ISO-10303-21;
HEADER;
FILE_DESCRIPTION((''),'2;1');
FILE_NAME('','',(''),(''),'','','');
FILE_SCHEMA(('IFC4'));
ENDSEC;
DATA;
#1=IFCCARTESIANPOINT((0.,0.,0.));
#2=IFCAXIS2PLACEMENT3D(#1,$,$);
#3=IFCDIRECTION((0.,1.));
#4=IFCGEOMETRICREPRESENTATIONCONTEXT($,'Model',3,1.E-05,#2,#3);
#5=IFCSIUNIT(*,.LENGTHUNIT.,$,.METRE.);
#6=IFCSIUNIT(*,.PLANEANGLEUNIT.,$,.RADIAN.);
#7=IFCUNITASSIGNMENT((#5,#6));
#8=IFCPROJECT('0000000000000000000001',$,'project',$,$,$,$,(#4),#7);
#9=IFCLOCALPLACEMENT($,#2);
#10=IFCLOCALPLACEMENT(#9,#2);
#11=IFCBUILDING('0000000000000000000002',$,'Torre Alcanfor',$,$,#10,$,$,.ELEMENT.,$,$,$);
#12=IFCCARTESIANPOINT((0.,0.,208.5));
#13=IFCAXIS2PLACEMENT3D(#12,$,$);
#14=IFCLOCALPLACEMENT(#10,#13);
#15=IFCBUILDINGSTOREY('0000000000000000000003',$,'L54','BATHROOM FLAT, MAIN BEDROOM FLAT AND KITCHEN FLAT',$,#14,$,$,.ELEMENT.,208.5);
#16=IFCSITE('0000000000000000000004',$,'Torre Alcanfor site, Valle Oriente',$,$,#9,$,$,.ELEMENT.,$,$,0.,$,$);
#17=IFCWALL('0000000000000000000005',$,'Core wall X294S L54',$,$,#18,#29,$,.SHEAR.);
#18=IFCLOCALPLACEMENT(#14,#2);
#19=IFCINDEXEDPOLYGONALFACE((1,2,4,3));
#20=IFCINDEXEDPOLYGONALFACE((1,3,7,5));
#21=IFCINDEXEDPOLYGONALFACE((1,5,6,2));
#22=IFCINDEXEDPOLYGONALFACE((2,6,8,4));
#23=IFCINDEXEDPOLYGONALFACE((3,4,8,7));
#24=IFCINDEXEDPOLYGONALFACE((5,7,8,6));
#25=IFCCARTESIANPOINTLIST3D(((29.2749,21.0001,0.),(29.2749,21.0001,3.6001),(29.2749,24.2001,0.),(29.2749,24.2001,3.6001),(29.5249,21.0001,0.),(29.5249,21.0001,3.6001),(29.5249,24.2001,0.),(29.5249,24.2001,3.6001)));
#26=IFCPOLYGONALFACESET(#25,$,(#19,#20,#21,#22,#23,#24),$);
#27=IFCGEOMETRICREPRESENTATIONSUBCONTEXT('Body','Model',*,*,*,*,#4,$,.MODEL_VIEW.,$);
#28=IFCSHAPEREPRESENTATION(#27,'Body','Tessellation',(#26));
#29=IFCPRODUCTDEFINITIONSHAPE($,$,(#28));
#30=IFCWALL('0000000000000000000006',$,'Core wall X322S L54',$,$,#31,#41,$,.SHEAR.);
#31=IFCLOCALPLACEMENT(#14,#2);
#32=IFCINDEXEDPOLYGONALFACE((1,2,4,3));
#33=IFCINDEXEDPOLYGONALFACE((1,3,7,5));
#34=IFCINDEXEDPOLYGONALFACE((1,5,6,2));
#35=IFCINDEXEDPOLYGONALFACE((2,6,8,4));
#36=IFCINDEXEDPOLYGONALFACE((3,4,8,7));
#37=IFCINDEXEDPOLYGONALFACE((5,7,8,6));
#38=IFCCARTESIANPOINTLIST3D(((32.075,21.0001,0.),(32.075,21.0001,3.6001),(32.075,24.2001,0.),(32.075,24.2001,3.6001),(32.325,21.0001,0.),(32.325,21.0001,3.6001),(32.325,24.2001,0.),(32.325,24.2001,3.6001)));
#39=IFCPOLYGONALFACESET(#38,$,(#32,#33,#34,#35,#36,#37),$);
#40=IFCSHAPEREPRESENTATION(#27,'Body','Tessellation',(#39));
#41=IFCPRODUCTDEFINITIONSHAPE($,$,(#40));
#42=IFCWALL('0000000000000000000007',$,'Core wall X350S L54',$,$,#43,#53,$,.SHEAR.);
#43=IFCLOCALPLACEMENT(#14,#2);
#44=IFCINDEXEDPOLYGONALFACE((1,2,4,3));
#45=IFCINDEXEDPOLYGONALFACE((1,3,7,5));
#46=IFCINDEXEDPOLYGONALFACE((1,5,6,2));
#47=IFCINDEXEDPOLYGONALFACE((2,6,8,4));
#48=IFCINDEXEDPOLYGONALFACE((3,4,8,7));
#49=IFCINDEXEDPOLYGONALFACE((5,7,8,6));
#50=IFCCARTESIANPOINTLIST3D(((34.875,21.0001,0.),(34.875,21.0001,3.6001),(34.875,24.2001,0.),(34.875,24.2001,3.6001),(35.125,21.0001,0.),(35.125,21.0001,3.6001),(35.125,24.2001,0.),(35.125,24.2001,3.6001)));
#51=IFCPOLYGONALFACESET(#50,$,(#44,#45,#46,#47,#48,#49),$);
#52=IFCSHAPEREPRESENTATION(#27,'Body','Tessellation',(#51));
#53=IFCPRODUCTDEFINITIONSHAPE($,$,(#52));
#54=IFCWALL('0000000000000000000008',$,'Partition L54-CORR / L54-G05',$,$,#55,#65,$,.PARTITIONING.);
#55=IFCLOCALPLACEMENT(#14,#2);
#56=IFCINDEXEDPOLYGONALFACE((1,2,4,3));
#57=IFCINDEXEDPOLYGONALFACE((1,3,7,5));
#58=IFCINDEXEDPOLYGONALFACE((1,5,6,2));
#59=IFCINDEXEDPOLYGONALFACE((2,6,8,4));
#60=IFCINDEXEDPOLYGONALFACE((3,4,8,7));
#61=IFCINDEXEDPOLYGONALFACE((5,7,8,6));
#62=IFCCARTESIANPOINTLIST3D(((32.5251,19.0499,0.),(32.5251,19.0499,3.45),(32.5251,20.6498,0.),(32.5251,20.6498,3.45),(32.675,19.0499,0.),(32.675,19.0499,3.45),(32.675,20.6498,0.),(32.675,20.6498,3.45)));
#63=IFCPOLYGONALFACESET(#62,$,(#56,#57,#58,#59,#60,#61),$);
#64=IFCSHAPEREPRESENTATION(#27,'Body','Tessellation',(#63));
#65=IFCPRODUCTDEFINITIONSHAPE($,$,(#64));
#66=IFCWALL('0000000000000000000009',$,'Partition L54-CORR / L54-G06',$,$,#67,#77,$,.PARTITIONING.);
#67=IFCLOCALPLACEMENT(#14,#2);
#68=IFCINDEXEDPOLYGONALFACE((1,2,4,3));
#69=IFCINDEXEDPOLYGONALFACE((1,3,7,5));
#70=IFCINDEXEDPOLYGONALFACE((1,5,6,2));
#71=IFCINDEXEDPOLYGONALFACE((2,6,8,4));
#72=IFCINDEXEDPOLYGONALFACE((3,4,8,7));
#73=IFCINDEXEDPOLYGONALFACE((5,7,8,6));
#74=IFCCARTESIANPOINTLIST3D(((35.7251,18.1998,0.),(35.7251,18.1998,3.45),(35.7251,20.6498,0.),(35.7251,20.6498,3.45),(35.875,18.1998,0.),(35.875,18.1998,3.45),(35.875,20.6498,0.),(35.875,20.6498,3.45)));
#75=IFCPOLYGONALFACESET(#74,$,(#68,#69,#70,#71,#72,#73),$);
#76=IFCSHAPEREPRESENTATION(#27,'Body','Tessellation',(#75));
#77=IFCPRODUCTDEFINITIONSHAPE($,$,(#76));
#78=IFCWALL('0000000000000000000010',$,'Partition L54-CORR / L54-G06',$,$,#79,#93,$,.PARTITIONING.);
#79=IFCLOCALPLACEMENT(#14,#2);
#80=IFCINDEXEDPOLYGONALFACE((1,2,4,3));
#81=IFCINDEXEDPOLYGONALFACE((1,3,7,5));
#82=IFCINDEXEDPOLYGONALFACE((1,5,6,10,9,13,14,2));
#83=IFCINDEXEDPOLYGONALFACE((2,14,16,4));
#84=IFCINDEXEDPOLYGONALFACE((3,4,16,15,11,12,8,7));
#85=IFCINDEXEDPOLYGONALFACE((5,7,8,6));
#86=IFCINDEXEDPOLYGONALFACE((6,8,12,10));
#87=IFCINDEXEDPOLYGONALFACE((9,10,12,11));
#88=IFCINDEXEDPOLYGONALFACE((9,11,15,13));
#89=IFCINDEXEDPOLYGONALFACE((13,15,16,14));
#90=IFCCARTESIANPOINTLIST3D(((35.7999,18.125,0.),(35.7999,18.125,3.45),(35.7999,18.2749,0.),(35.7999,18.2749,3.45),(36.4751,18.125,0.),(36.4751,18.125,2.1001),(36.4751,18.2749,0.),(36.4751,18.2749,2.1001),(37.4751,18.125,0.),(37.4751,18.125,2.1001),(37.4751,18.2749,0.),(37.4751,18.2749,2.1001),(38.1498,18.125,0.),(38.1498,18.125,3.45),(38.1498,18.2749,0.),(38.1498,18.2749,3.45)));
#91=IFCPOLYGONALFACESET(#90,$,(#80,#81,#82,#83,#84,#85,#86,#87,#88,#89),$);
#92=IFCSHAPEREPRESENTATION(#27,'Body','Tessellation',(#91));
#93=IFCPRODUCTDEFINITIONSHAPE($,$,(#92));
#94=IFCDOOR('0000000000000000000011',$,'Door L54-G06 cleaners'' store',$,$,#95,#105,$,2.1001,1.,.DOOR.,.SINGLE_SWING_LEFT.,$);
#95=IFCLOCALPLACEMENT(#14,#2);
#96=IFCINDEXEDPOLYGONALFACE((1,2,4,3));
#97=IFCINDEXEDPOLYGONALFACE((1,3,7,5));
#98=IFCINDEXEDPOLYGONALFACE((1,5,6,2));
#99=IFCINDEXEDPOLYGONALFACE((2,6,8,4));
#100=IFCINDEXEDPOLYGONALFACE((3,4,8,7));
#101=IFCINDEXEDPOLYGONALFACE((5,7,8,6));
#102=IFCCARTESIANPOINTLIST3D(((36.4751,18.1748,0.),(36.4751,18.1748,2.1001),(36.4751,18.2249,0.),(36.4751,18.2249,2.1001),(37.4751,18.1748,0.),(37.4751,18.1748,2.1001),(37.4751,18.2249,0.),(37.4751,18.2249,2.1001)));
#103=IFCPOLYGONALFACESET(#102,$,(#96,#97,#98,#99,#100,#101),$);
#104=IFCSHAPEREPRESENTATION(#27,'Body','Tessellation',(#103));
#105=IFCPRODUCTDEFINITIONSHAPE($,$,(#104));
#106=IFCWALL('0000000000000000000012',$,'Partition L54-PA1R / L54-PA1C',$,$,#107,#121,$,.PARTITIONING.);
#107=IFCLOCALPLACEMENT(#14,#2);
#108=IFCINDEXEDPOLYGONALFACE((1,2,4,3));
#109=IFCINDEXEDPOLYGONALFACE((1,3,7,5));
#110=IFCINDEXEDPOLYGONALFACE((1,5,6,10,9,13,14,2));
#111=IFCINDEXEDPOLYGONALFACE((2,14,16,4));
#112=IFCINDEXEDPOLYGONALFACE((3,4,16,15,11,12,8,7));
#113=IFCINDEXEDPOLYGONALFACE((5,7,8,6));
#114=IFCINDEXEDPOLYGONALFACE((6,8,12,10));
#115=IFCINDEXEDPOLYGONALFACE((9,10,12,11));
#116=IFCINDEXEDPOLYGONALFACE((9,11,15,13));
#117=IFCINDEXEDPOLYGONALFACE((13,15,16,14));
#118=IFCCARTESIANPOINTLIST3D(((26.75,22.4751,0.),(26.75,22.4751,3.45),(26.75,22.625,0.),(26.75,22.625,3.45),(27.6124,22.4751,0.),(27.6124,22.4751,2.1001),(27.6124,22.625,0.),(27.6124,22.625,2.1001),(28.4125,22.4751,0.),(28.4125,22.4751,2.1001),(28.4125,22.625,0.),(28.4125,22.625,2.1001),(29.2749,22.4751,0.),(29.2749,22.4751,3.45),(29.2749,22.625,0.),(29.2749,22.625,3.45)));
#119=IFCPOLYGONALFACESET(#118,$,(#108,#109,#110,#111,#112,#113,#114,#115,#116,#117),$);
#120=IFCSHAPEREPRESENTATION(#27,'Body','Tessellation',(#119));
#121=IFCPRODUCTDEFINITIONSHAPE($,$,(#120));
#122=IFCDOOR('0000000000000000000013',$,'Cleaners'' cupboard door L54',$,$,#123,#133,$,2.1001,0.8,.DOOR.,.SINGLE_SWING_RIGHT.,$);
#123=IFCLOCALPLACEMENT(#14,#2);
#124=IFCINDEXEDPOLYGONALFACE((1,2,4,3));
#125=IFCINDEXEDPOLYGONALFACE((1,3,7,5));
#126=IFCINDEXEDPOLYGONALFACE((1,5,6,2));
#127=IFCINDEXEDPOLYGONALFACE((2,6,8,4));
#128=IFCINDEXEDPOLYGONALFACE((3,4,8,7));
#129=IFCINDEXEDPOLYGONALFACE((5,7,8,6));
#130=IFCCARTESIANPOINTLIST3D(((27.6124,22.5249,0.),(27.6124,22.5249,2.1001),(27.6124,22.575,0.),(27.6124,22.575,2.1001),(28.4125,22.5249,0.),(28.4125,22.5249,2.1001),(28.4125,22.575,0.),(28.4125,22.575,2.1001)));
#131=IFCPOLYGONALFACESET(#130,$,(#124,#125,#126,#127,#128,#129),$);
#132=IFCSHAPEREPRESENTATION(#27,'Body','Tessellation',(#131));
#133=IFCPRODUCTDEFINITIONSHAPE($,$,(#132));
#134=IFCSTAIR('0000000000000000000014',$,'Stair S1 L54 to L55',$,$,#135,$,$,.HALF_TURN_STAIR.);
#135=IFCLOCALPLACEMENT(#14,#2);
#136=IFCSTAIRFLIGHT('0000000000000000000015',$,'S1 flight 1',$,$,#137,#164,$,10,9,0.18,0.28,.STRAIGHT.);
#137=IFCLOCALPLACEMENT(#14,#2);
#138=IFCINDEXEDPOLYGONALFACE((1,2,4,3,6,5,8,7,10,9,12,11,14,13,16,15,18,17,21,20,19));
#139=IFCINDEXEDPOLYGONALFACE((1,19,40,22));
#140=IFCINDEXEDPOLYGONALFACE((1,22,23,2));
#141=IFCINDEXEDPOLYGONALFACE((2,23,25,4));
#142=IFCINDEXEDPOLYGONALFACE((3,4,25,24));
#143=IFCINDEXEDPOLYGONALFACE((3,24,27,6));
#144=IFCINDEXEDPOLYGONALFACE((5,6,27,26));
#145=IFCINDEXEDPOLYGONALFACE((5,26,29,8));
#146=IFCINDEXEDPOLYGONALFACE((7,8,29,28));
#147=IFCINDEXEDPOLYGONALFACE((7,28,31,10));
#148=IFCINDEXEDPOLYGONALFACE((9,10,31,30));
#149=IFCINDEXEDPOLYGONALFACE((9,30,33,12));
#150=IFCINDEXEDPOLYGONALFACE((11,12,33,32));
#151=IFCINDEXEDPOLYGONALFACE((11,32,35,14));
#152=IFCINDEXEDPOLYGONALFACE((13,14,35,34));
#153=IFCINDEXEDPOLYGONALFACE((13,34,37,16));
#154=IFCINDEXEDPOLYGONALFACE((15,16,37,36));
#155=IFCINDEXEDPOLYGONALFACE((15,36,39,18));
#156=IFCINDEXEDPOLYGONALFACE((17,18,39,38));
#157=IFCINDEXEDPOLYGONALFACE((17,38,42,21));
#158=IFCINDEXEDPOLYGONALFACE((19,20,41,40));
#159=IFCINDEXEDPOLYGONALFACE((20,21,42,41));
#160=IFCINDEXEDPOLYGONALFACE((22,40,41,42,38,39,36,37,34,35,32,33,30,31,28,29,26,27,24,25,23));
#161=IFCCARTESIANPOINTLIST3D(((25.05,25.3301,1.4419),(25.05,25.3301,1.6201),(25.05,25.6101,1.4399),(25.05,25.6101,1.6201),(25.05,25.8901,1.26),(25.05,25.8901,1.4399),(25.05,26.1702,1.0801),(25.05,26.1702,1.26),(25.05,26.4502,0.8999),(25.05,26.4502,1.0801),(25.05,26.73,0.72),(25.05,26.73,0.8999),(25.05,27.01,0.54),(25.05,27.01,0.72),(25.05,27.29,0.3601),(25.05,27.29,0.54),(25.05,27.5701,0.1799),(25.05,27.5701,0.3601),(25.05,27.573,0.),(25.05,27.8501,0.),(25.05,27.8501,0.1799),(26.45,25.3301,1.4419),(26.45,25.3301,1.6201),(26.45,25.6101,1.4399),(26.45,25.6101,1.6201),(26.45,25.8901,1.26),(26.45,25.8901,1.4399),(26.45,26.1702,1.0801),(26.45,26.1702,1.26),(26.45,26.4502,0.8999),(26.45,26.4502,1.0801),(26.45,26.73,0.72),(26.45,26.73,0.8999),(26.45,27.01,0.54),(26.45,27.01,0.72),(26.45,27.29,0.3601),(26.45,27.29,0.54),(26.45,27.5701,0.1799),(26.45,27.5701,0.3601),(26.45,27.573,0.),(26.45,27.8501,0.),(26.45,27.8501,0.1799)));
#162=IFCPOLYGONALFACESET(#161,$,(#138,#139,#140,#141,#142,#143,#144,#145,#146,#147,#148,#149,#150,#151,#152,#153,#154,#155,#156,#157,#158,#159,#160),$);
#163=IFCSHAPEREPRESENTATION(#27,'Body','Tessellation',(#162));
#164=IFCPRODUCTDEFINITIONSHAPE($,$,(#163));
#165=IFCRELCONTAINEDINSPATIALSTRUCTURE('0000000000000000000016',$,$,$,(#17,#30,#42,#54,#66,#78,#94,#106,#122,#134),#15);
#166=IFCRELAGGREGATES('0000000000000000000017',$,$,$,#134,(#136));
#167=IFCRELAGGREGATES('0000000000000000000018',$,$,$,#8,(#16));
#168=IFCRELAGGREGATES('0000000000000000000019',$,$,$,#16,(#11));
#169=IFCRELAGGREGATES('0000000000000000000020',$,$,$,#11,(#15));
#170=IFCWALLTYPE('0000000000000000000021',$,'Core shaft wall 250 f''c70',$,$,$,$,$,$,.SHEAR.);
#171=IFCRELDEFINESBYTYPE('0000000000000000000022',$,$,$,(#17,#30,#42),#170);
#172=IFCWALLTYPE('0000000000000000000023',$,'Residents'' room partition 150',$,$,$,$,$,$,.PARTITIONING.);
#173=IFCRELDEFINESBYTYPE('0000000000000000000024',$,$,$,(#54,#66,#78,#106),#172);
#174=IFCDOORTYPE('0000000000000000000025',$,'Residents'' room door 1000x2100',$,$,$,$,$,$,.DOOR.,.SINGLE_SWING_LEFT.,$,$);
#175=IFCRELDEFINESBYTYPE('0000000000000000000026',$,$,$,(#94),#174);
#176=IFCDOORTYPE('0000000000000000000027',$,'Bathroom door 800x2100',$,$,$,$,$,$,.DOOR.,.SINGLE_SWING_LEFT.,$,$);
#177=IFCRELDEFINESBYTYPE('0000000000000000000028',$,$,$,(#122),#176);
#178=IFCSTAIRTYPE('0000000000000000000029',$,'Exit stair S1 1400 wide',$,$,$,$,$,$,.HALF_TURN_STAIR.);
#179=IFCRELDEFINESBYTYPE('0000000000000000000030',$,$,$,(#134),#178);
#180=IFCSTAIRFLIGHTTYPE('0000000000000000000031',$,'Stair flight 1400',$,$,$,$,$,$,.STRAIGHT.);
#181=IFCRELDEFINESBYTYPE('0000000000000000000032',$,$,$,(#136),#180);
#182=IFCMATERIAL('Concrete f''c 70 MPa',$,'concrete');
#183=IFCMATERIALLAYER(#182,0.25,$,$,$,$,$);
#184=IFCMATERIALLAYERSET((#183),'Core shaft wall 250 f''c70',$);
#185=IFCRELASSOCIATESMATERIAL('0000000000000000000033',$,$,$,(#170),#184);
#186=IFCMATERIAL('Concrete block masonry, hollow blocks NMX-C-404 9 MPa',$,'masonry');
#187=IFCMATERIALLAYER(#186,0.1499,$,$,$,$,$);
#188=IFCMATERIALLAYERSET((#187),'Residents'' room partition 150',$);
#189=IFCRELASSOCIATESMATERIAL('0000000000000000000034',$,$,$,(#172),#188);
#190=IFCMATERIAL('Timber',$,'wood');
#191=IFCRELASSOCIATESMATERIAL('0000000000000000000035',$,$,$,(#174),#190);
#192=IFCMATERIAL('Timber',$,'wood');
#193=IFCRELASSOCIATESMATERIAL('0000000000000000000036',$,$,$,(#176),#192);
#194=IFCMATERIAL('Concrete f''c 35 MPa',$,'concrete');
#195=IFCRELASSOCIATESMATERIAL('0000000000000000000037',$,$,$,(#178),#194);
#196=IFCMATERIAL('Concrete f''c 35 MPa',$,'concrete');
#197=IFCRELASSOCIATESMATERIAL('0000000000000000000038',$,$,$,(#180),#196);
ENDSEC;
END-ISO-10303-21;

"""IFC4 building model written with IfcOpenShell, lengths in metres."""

from ifc_helpers import new_model, si_unit, direction, frame, frame_2d, origin, place, context, subcontext, project, spatial, polyline, rectangle, outline, extrude, material, layer, layer_set, type_object, element, fill, aggregate, save


model = new_model("IFC4")

# Units and contexts
model_context = context("Model", 3, precision=1e-05, world=origin(), true_north=direction((0.0, 1.0)))
body_context = subcontext(model_context, "Body", "Model", "MODEL_VIEW")
ifc_project = project(units=[si_unit("LENGTHUNIT", "METRE"), si_unit("PLANEANGLEUNIT", "RADIAN")], contexts=[model_context])

# Site, building, storey
site_placement = place(None, origin())
site = spatial("IfcSite", under=ifc_project, at=site_placement, Name="Torre Alcanfor site, Valle Oriente", CompositionType="ELEMENT", RefElevation=0.0)
building_placement = place(site_placement, origin())
building = spatial("IfcBuilding", under=site, at=building_placement, Name="Torre Alcanfor", CompositionType="ELEMENT")
storey_placement = place(building_placement, frame((0.0, 0.0, 208.5)))
storey = spatial("IfcBuildingStorey", under=building, at=storey_placement, Name="L54", Description="BATHROOM FLAT, MAIN BEDROOM FLAT AND KITCHEN FLAT", CompositionType="ELEMENT", Elevation=208.5)

# Walls
ifc_material_1 = material(Name="Concrete f'c 70 MPa", Category="concrete")
ifc_layer_1 = layer(ifc_material_1, 0.25)
ifc_layer_set_1 = layer_set([ifc_layer_1], Name="Core shaft wall 250 f'c70")
wall_type_1 = type_object("IfcWallType", Name="Core shaft wall 250 f'c70", PredefinedType="SHEAR", material=ifc_layer_set_1)
for number, where, z_axis, x_axis, name in (
    (1, (29.3999, 21.0, 0.0), (0.0, 0.0, 1.0), (0.0, 1.0, 0.0), "Core wall X294S L54"),
    (2, (32.2, 21.0, 0.0), (0.0, 0.0, 1.0), (0.0, 1.0, 0.0), "Core wall X322S L54"),
    (3, (35.0, 21.0, 0.0), (0.0, 0.0, 1.0), (0.0, 1.0, 0.0), "Core wall X350S L54"),
):
    element("IfcWall", number, at=place(storey_placement, frame(where, z_axis=z_axis, x_axis=x_axis)), inside=storey, type_object=wall_type_1, Name=name, PredefinedType="SHEAR", context=body_context, shape_type="SweptSolid", body=[
        extrude(rectangle(XDim=3.2, YDim=0.25, at=frame_2d((1.6001, 0.0))), origin(), (0.0, 0.0, 1.0), 3.6001),
    ])
ifc_material_2 = material(Name="Concrete block masonry, hollow blocks NMX-C-404 9 MPa", Category="masonry")
ifc_layer_2 = layer(ifc_material_2, 0.1499)
ifc_layer_set_2 = layer_set([ifc_layer_2], Name="Residents' room partition 150")
wall_type_2 = type_object("IfcWallType", Name="Residents' room partition 150", PredefinedType="PARTITIONING", material=ifc_layer_set_2)
wall_1_placement = place(storey_placement, frame((32.6001, 19.05, 0.0), z_axis=(0.0, 0.0, 1.0), x_axis=(0.0, 1.0, 0.0)))
element("IfcWall", 4, at=wall_1_placement, inside=storey, type_object=wall_type_2, Name="Partition L54-CORR / L54-G05", PredefinedType="PARTITIONING", context=body_context, shape_type="SweptSolid", body=[
    extrude(rectangle(XDim=1.5999, YDim=0.1499, at=frame_2d((0.7998, 0.0))), origin(), (0.0, 0.0, 1.0), 3.45),
])
wall_2_placement = place(storey_placement, frame((35.8, 20.6499, 0.0), z_axis=(0.0, 0.0, 1.0), x_axis=(0.0, -1.0, 0.0)))
element("IfcWall", 5, at=wall_2_placement, inside=storey, type_object=wall_type_2, Name="Partition L54-CORR / L54-G06", PredefinedType="PARTITIONING", context=body_context, shape_type="SweptSolid", body=[
    extrude(rectangle(XDim=2.45, YDim=0.1499, at=frame_2d((1.2251, 0.0))), origin(), (0.0, 0.0, 1.0), 3.45),
])

# Walls, openings, doors
wall_3_placement = place(storey_placement, frame((35.8, 18.2, 0.0), z_axis=(0.0, 0.0, 1.0), x_axis=(1.0, 0.0, 0.0)))
wall_3 = element("IfcWall", 6, at=wall_3_placement, inside=storey, type_object=wall_type_2, Name="Partition L54-CORR / L54-G06", PredefinedType="PARTITIONING", context=body_context, shape_type="SweptSolid", body=[
    extrude(rectangle(XDim=2.3499, YDim=0.1499, at=frame_2d((1.1748, 0.0))), origin(), (0.0, 0.0, 1.0), 3.45),
])
opening_1_placement = place(wall_3_placement, frame((0.675, 0.0, 0.0)))
opening_1 = element("IfcOpeningElement", 7, at=opening_1_placement, cuts=wall_3, PredefinedType="OPENING", context=body_context, shape_type="SweptSolid", body=[
    extrude(rectangle(XDim=1.0, YDim=2.1001, at=frame_2d((0.5, 1.05))), frame((0.0, 0.085, 0.0), z_axis=(0.0, -1.0, 0.0), x_axis=(1.0, 0.0, 0.0)), (0.0, 0.0, 1.0), 0.1699),
])
ifc_material_3 = material(Name="Timber", Category="wood")
door_type_1 = type_object("IfcDoorType", Name="Residents' room door 1000x2100", OperationType="SINGLE_SWING_LEFT", PredefinedType="DOOR", material=ifc_material_3)
door_1_placement = place(opening_1_placement, origin())
door_1 = element("IfcDoor", 8, at=door_1_placement, inside=storey, type_object=door_type_1, Name="Door L54-G06 cleaners' store", OperationType="SINGLE_SWING_LEFT", OverallHeight=2.1001, OverallWidth=1.0, PredefinedType="DOOR", context=body_context, shape_type="SweptSolid", body=[
    extrude(rectangle(XDim=1.0, YDim=2.1001, at=frame_2d((0.5, 1.05))), frame((0.0, 0.0249, 0.0), z_axis=(0.0, -1.0, 0.0), x_axis=(1.0, 0.0, 0.0)), (0.0, 0.0, 1.0), 0.05),
])
fill(opening_1, door_1)
wall_4_placement = place(storey_placement, frame((26.75, 22.55, 0.0), z_axis=(0.0, 0.0, 1.0), x_axis=(1.0, 0.0, 0.0)))
wall_4 = element("IfcWall", 9, at=wall_4_placement, inside=storey, type_object=wall_type_2, Name="Partition L54-PA1R / L54-PA1C", PredefinedType="PARTITIONING", context=body_context, shape_type="SweptSolid", body=[
    extrude(rectangle(XDim=2.5249, YDim=0.1499, at=frame_2d((1.2625, 0.0))), origin(), (0.0, 0.0, 1.0), 3.45),
])
opening_2_placement = place(wall_4_placement, frame((0.8625, 0.0, 0.0)))
opening_2 = element("IfcOpeningElement", 10, at=opening_2_placement, cuts=wall_4, PredefinedType="OPENING", context=body_context, shape_type="SweptSolid", body=[
    extrude(rectangle(XDim=0.8, YDim=2.1001, at=frame_2d((0.3999, 1.05))), frame((0.0, 0.085, 0.0), z_axis=(0.0, -1.0, 0.0), x_axis=(1.0, 0.0, 0.0)), (0.0, 0.0, 1.0), 0.1699),
])
ifc_material_4 = material(Name="Timber", Category="wood")
door_type_2 = type_object("IfcDoorType", Name="Bathroom door 800x2100", OperationType="SINGLE_SWING_LEFT", PredefinedType="DOOR", material=ifc_material_4)
door_2_placement = place(opening_2_placement, frame((0.8, 0.0, 0.0), z_axis=(0.0, 0.0, 1.0), x_axis=(-1.0, 0.0, 0.0)))
door_2 = element("IfcDoor", 11, at=door_2_placement, inside=storey, type_object=door_type_2, Name="Cleaners' cupboard door L54", OperationType="SINGLE_SWING_RIGHT", OverallHeight=2.1001, OverallWidth=0.8, PredefinedType="DOOR", context=body_context, shape_type="SweptSolid", body=[
    extrude(rectangle(XDim=0.8, YDim=2.1001, at=frame_2d((0.4001, 1.05))), frame((0.0, 0.0251, 0.0), z_axis=(0.0, -1.0, 0.0), x_axis=(1.0, 0.0, 0.0)), (0.0, 0.0, 1.0), 0.05),
])
fill(opening_2, door_2)

# Stair, stair flight
ifc_material_5 = material(Name="Concrete f'c 35 MPa", Category="concrete")
stair_type = type_object("IfcStairType", Name="Exit stair S1 1400 wide", PredefinedType="HALF_TURN_STAIR", material=ifc_material_5)
stair_placement = place(storey_placement, origin())
stair = element("IfcStair", 12, at=stair_placement, inside=storey, type_object=stair_type, Name="Stair S1 L54 to L55", PredefinedType="HALF_TURN_STAIR")
ifc_material_6 = material(Name="Concrete f'c 35 MPa", Category="concrete")
stair_flight_type = type_object("IfcStairFlightType", Name="Stair flight 1400", PredefinedType="STRAIGHT", material=ifc_material_6)
stair_flight_placement = place(storey_placement, frame((25.75, 27.8501, 0.0), z_axis=(0.0, 0.0, 1.0), x_axis=(0.0, -1.0, 0.0)))
stair_flight = element("IfcStairFlight", 13, at=stair_flight_placement, type_object=stair_flight_type, Name="S1 flight 1", NumberOfRisers=10, NumberOfTreads=9, PredefinedType="STRAIGHT", RiserHeight=0.18, TreadLength=0.28, context=body_context, shape_type="SweptSolid", body=[
    extrude(outline(polyline([(0.0, 0.0), (0.0, 0.1799), (0.28, 0.1799), (0.28, 0.3601), (0.5601, 0.3601), (0.5601, 0.54), (0.8401, 0.54), (0.8401, 0.72), (1.1201, 0.72), (1.1201, 0.8999), (1.3999, 0.8999), (1.3999, 1.0801), (1.6799, 1.0801), (1.6799, 1.26), (1.96, 1.26), (1.96, 1.4399), (2.24, 1.4399), (2.24, 1.6201), (2.52, 1.6201), (2.52, 1.8), (2.52, 1.4419), (0.2771, 0.0), (0.0, 0.0)])), frame((0.0, 0.7, 0.0), z_axis=(0.0, -1.0, 0.0), x_axis=(1.0, 0.0, 0.0)), (0.0, 0.0, 1.0), 1.3999),
])
aggregate(stair, [stair_flight])

save(model, "model.ifc")
